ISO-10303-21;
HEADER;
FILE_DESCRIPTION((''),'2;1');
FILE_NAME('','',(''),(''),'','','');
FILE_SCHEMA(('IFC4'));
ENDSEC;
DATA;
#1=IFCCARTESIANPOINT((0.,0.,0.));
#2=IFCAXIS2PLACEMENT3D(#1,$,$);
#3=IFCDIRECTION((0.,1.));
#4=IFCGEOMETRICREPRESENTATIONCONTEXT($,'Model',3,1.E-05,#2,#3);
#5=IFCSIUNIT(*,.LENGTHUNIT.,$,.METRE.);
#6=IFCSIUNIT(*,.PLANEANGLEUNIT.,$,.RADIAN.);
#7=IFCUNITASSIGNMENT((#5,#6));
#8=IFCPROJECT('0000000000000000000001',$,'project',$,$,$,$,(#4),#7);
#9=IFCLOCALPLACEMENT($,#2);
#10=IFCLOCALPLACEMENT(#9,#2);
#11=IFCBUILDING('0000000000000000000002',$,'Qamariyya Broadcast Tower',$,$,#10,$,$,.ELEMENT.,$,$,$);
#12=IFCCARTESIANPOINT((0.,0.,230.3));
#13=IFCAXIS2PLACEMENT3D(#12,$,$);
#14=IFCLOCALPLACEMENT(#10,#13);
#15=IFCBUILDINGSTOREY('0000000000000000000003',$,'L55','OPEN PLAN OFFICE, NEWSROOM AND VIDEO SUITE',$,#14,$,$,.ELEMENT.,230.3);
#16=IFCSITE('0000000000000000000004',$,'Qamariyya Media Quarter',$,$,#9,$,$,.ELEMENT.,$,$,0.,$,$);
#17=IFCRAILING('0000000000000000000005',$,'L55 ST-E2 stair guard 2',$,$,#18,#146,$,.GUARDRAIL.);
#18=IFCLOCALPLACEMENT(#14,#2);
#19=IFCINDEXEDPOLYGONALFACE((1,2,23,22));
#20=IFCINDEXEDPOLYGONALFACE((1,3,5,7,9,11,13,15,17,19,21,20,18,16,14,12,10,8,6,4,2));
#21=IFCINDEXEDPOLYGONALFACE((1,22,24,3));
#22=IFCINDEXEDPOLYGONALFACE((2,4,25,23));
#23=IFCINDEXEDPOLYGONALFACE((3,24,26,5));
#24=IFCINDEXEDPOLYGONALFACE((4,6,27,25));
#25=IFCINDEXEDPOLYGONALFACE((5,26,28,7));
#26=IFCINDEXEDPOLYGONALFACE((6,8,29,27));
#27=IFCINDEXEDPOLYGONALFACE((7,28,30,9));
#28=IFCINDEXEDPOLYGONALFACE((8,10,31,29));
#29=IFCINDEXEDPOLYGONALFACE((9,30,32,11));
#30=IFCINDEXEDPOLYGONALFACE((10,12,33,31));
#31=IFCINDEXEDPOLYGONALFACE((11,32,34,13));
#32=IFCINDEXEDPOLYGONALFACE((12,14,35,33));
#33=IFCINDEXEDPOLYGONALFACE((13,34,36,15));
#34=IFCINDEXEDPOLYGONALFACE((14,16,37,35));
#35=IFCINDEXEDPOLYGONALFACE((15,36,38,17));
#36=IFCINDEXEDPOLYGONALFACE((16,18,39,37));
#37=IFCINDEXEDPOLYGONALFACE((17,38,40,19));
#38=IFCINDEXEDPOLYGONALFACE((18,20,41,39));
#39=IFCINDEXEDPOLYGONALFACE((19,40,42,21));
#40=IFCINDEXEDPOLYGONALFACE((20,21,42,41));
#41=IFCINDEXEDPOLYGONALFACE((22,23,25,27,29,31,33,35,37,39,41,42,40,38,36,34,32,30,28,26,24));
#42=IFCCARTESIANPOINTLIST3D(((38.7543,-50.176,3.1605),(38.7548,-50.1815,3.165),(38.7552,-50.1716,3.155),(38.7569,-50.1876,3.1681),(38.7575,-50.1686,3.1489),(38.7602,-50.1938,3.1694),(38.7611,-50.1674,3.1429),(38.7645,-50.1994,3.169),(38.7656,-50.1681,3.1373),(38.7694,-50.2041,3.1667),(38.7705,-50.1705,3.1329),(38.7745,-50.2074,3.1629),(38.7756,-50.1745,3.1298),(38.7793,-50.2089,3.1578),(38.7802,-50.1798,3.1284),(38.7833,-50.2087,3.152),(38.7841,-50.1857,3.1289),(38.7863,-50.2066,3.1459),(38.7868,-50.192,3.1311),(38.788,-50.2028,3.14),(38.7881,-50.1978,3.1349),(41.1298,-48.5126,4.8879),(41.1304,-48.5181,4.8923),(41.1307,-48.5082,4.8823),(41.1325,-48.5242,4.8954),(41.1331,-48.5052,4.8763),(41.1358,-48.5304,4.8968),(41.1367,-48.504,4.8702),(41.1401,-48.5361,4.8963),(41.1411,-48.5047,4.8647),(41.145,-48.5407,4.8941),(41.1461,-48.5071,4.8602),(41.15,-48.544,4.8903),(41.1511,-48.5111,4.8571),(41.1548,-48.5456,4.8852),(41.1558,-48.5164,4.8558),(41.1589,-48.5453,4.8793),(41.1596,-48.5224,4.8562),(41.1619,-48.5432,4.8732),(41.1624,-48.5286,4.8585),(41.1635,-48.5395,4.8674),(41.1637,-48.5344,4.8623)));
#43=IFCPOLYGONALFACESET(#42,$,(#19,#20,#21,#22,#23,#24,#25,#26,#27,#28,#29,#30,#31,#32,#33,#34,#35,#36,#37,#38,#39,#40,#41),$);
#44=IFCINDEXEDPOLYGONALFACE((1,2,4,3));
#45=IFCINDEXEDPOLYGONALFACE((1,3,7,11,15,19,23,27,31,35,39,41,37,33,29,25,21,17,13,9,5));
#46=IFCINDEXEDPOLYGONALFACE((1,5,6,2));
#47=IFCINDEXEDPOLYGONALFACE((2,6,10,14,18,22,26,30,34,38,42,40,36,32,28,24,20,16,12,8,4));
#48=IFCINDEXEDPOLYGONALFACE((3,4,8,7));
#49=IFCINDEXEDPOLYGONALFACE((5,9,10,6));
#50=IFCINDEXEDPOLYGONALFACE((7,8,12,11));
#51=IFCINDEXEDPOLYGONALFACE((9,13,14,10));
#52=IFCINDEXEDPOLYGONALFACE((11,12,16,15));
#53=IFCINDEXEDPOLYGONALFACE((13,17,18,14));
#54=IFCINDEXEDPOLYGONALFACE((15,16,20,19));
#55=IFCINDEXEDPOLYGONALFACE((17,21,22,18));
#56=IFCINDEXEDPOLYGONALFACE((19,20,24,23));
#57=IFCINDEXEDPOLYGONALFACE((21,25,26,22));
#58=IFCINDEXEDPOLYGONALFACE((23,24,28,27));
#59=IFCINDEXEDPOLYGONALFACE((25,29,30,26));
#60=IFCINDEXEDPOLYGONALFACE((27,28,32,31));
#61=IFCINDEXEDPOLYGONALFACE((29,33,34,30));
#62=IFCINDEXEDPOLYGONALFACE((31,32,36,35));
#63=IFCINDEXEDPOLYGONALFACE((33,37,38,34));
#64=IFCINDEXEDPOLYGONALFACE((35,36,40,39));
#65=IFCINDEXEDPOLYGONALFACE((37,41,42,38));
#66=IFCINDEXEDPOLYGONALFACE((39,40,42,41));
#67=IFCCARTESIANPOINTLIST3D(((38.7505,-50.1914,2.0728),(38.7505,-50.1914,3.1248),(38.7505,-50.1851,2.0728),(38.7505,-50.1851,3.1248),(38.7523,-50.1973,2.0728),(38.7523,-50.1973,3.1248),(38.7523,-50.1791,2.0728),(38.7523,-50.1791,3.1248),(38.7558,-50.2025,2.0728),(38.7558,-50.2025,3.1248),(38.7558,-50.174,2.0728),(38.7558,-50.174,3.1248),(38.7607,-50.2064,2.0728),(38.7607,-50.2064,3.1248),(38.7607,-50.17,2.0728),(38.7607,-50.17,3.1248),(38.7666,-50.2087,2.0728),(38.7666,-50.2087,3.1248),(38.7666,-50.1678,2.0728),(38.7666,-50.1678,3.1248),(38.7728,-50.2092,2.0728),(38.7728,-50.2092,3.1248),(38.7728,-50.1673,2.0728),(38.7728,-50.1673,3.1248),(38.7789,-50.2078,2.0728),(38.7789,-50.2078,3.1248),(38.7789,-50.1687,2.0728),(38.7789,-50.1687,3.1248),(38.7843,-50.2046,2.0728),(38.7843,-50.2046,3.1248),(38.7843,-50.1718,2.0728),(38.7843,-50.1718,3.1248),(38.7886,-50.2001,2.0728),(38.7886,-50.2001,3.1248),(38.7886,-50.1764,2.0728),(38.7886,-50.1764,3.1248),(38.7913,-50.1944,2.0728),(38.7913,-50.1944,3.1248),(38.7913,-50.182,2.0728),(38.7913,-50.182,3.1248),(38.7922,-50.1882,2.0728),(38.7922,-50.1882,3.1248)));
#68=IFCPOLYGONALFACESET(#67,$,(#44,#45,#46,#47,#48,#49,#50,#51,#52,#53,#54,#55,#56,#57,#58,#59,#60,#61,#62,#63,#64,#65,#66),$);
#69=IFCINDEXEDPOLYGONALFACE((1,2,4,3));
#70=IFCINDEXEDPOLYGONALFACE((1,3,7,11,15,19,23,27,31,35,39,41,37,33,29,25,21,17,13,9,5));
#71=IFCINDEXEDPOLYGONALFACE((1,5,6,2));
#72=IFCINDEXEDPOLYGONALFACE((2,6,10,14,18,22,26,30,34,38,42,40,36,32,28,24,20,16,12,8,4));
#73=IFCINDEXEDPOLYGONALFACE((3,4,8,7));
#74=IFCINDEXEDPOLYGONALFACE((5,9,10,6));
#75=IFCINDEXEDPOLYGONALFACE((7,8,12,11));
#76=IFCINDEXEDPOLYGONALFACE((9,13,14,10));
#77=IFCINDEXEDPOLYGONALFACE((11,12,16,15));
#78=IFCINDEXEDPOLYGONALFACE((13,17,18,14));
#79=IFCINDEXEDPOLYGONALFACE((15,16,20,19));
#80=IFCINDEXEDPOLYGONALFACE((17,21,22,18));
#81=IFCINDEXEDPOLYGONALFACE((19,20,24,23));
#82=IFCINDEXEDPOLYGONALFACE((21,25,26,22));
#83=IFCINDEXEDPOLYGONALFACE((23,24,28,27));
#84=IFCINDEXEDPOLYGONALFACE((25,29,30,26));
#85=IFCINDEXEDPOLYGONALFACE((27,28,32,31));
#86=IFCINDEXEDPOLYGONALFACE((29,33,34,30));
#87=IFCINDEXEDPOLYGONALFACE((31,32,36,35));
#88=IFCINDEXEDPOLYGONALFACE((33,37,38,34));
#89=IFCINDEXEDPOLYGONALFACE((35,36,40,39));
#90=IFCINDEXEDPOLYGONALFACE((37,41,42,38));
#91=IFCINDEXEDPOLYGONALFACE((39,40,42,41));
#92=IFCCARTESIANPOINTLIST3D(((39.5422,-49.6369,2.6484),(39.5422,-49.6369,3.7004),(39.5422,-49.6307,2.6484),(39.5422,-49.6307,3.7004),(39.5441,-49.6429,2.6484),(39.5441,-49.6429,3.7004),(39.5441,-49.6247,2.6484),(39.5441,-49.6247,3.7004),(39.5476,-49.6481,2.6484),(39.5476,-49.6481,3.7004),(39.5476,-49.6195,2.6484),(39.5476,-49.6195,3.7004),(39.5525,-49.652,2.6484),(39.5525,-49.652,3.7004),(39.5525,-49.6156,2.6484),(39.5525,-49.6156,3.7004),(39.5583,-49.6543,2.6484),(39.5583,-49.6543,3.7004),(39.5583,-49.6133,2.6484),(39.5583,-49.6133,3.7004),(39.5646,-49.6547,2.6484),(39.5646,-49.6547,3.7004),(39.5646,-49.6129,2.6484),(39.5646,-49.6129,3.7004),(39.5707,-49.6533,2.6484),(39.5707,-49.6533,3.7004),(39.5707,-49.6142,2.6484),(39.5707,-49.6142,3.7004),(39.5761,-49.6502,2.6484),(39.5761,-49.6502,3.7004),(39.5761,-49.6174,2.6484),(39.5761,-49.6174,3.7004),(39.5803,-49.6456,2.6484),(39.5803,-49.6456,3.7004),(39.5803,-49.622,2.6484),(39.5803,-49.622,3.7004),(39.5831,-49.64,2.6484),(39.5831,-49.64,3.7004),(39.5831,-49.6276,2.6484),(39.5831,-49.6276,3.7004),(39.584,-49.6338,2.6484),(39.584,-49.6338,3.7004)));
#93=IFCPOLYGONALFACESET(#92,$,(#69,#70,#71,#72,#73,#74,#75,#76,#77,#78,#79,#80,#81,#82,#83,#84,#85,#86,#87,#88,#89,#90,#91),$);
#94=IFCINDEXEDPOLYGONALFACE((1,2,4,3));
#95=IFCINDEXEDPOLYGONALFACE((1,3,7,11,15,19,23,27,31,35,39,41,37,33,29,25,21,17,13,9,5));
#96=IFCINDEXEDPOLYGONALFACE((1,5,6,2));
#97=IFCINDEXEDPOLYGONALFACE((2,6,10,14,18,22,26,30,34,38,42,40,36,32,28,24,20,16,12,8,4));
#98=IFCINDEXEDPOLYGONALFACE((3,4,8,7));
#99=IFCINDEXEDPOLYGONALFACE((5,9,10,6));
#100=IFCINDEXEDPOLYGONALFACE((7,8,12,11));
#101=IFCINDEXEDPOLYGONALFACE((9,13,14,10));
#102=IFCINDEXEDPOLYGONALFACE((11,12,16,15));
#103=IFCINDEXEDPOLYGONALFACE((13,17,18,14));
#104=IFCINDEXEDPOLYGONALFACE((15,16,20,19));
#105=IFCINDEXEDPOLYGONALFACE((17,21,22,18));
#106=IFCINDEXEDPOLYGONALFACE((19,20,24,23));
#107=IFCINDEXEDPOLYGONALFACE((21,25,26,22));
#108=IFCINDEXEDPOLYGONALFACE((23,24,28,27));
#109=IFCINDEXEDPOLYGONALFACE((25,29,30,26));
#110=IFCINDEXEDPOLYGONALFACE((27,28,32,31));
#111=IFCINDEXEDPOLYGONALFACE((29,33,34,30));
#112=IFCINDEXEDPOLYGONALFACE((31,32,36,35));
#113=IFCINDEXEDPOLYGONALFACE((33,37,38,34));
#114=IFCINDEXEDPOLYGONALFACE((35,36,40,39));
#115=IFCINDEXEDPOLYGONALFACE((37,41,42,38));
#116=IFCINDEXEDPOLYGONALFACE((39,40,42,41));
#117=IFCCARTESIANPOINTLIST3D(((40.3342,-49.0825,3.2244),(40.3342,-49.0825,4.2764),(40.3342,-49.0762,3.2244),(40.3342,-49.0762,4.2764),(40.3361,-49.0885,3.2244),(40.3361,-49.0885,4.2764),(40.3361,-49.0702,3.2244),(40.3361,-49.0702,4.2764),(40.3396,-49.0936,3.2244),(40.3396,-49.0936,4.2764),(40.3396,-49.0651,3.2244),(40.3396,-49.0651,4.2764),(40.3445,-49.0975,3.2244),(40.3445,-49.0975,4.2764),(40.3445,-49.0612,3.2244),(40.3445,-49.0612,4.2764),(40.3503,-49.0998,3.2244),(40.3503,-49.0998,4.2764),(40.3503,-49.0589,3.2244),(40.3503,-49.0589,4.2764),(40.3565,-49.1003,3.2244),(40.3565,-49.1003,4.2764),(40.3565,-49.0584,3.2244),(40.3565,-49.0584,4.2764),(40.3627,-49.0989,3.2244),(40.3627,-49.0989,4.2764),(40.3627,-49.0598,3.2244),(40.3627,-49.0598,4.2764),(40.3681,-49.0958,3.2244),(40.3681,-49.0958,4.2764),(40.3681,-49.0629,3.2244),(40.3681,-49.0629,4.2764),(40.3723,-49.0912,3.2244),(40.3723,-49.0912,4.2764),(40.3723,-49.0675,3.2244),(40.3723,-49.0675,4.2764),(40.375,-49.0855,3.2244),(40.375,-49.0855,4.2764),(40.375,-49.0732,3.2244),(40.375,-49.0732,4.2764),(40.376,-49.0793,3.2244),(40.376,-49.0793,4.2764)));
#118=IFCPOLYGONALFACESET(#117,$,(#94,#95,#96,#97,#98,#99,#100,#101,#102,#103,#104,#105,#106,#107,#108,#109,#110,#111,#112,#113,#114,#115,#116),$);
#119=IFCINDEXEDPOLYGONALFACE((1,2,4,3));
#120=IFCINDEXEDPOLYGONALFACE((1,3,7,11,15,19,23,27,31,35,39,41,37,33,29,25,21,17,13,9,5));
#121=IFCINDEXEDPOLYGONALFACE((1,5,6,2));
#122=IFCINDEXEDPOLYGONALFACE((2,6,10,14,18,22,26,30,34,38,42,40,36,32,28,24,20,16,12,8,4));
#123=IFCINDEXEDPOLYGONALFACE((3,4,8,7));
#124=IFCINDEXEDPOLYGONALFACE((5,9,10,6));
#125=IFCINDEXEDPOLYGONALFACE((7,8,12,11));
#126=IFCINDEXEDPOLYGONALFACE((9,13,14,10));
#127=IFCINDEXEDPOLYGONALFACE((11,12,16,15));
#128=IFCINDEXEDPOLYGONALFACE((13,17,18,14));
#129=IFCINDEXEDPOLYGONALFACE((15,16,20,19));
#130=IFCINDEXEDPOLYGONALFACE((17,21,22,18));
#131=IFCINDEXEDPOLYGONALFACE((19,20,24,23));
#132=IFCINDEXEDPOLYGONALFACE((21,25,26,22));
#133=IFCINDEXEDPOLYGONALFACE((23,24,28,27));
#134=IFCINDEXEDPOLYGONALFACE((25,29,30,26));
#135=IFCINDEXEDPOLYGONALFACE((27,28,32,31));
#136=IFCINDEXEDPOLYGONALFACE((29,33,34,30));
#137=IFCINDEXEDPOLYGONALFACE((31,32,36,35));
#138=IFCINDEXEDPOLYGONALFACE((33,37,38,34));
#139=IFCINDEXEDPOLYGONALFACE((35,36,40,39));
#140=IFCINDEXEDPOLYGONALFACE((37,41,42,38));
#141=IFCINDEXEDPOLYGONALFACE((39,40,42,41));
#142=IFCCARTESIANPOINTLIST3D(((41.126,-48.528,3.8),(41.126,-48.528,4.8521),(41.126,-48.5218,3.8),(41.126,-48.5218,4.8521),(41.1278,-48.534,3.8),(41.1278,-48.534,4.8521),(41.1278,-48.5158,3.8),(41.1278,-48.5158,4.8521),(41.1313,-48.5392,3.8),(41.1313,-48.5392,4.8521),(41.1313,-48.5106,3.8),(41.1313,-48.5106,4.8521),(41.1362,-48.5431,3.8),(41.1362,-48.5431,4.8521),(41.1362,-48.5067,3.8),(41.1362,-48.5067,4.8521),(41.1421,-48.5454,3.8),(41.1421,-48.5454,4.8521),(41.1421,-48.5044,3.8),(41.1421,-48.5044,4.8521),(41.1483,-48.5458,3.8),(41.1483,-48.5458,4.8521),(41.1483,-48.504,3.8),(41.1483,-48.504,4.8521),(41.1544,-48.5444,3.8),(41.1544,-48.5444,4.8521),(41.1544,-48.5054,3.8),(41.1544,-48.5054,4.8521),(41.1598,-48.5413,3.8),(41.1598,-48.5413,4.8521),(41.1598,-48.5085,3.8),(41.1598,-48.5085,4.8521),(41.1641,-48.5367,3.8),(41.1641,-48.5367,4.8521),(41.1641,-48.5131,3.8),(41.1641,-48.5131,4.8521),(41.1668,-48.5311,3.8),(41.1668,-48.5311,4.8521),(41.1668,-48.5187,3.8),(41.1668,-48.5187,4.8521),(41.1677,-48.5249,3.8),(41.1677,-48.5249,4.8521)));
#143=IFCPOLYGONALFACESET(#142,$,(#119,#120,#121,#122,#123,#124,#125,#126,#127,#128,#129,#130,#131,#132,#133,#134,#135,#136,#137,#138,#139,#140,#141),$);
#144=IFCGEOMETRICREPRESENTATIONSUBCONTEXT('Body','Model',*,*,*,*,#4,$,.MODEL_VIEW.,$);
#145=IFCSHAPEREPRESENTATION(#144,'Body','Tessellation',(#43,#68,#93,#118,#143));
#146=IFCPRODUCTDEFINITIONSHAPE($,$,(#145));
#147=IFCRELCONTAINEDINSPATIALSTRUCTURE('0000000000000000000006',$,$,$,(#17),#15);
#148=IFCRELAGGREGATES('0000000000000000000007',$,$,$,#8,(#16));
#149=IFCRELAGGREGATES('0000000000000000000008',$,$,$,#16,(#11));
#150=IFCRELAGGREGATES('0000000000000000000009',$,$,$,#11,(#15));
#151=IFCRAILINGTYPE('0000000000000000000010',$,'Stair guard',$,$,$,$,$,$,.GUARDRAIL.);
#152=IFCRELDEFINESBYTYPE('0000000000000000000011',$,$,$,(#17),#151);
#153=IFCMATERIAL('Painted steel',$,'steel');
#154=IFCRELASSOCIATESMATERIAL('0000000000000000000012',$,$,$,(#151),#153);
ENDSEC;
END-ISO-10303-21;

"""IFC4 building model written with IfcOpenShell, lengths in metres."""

from ifc_helpers import new_model, si_unit, direction, frame, origin, origin_2d, place, context, subcontext, project, spatial, circle, extrude, material, type_object, element, save


model = new_model("IFC4")

# Units and contexts
model_context = context("Model", 3, precision=1e-05, world=origin(), true_north=direction((0.0, 1.0)))
body_context = subcontext(model_context, "Body", "Model", "MODEL_VIEW")
ifc_project = project(units=[si_unit("LENGTHUNIT", "METRE"), si_unit("PLANEANGLEUNIT", "RADIAN")], contexts=[model_context])

# Site, building, storey
site_placement = place(None, origin())
site = spatial("IfcSite", under=ifc_project, at=site_placement, Name="Qamariyya Media Quarter", CompositionType="ELEMENT", RefElevation=0.0)
building_placement = place(site_placement, origin())
building = spatial("IfcBuilding", under=site, at=building_placement, Name="Qamariyya Broadcast Tower", CompositionType="ELEMENT")
storey_placement = place(building_placement, frame((0.0, 0.0, 230.3)))
storey = spatial("IfcBuildingStorey", under=building, at=storey_placement, Name="L55", Description="OPEN PLAN OFFICE, NEWSROOM AND VIDEO SUITE", CompositionType="ELEMENT", Elevation=230.3)

# Railing
ifc_material_1 = material(Name="Painted steel", Category="steel")
railing_type_1 = type_object("IfcRailingType", Name="Stair guard", PredefinedType="GUARDRAIL", material=ifc_material_1)
railing_1_placement = place(storey_placement, frame((38.7712, -50.1882, 2.0728)))
element("IfcRailing", 1, at=railing_1_placement, inside=storey, type_object=railing_type_1, Name="L55 ST-E2 stair guard 2", PredefinedType="GUARDRAIL", context=body_context, shape_type="SweptSolid", body=[
    extrude(circle(Radius=0.0239, at=origin_2d()), frame((0.0, 0.0, 1.0762), z_axis=(0.70377, 0.492784, 0.511734), x_axis=(-0.573575, 0.819153, 0.0)), (0.0, 0.0, 1.0), 3.3755),
    extrude(circle(Radius=0.021, at=origin_2d()), origin(), (0.0, 0.0, 1.0), 1.052),
    extrude(circle(Radius=0.021, at=origin_2d()), frame((0.7917, 0.5544, 0.5757)), (0.0, 0.0, 1.0), 1.052),
    extrude(circle(Radius=0.021, at=origin_2d()), frame((1.5837, 1.1089, 1.1516)), (0.0, 0.0, 1.0), 1.052),
    extrude(circle(Radius=0.021, at=origin_2d()), frame((2.3755, 1.6633, 1.7273)), (0.0, 0.0, 1.0), 1.052),
])

save(model, "model.ifc")
